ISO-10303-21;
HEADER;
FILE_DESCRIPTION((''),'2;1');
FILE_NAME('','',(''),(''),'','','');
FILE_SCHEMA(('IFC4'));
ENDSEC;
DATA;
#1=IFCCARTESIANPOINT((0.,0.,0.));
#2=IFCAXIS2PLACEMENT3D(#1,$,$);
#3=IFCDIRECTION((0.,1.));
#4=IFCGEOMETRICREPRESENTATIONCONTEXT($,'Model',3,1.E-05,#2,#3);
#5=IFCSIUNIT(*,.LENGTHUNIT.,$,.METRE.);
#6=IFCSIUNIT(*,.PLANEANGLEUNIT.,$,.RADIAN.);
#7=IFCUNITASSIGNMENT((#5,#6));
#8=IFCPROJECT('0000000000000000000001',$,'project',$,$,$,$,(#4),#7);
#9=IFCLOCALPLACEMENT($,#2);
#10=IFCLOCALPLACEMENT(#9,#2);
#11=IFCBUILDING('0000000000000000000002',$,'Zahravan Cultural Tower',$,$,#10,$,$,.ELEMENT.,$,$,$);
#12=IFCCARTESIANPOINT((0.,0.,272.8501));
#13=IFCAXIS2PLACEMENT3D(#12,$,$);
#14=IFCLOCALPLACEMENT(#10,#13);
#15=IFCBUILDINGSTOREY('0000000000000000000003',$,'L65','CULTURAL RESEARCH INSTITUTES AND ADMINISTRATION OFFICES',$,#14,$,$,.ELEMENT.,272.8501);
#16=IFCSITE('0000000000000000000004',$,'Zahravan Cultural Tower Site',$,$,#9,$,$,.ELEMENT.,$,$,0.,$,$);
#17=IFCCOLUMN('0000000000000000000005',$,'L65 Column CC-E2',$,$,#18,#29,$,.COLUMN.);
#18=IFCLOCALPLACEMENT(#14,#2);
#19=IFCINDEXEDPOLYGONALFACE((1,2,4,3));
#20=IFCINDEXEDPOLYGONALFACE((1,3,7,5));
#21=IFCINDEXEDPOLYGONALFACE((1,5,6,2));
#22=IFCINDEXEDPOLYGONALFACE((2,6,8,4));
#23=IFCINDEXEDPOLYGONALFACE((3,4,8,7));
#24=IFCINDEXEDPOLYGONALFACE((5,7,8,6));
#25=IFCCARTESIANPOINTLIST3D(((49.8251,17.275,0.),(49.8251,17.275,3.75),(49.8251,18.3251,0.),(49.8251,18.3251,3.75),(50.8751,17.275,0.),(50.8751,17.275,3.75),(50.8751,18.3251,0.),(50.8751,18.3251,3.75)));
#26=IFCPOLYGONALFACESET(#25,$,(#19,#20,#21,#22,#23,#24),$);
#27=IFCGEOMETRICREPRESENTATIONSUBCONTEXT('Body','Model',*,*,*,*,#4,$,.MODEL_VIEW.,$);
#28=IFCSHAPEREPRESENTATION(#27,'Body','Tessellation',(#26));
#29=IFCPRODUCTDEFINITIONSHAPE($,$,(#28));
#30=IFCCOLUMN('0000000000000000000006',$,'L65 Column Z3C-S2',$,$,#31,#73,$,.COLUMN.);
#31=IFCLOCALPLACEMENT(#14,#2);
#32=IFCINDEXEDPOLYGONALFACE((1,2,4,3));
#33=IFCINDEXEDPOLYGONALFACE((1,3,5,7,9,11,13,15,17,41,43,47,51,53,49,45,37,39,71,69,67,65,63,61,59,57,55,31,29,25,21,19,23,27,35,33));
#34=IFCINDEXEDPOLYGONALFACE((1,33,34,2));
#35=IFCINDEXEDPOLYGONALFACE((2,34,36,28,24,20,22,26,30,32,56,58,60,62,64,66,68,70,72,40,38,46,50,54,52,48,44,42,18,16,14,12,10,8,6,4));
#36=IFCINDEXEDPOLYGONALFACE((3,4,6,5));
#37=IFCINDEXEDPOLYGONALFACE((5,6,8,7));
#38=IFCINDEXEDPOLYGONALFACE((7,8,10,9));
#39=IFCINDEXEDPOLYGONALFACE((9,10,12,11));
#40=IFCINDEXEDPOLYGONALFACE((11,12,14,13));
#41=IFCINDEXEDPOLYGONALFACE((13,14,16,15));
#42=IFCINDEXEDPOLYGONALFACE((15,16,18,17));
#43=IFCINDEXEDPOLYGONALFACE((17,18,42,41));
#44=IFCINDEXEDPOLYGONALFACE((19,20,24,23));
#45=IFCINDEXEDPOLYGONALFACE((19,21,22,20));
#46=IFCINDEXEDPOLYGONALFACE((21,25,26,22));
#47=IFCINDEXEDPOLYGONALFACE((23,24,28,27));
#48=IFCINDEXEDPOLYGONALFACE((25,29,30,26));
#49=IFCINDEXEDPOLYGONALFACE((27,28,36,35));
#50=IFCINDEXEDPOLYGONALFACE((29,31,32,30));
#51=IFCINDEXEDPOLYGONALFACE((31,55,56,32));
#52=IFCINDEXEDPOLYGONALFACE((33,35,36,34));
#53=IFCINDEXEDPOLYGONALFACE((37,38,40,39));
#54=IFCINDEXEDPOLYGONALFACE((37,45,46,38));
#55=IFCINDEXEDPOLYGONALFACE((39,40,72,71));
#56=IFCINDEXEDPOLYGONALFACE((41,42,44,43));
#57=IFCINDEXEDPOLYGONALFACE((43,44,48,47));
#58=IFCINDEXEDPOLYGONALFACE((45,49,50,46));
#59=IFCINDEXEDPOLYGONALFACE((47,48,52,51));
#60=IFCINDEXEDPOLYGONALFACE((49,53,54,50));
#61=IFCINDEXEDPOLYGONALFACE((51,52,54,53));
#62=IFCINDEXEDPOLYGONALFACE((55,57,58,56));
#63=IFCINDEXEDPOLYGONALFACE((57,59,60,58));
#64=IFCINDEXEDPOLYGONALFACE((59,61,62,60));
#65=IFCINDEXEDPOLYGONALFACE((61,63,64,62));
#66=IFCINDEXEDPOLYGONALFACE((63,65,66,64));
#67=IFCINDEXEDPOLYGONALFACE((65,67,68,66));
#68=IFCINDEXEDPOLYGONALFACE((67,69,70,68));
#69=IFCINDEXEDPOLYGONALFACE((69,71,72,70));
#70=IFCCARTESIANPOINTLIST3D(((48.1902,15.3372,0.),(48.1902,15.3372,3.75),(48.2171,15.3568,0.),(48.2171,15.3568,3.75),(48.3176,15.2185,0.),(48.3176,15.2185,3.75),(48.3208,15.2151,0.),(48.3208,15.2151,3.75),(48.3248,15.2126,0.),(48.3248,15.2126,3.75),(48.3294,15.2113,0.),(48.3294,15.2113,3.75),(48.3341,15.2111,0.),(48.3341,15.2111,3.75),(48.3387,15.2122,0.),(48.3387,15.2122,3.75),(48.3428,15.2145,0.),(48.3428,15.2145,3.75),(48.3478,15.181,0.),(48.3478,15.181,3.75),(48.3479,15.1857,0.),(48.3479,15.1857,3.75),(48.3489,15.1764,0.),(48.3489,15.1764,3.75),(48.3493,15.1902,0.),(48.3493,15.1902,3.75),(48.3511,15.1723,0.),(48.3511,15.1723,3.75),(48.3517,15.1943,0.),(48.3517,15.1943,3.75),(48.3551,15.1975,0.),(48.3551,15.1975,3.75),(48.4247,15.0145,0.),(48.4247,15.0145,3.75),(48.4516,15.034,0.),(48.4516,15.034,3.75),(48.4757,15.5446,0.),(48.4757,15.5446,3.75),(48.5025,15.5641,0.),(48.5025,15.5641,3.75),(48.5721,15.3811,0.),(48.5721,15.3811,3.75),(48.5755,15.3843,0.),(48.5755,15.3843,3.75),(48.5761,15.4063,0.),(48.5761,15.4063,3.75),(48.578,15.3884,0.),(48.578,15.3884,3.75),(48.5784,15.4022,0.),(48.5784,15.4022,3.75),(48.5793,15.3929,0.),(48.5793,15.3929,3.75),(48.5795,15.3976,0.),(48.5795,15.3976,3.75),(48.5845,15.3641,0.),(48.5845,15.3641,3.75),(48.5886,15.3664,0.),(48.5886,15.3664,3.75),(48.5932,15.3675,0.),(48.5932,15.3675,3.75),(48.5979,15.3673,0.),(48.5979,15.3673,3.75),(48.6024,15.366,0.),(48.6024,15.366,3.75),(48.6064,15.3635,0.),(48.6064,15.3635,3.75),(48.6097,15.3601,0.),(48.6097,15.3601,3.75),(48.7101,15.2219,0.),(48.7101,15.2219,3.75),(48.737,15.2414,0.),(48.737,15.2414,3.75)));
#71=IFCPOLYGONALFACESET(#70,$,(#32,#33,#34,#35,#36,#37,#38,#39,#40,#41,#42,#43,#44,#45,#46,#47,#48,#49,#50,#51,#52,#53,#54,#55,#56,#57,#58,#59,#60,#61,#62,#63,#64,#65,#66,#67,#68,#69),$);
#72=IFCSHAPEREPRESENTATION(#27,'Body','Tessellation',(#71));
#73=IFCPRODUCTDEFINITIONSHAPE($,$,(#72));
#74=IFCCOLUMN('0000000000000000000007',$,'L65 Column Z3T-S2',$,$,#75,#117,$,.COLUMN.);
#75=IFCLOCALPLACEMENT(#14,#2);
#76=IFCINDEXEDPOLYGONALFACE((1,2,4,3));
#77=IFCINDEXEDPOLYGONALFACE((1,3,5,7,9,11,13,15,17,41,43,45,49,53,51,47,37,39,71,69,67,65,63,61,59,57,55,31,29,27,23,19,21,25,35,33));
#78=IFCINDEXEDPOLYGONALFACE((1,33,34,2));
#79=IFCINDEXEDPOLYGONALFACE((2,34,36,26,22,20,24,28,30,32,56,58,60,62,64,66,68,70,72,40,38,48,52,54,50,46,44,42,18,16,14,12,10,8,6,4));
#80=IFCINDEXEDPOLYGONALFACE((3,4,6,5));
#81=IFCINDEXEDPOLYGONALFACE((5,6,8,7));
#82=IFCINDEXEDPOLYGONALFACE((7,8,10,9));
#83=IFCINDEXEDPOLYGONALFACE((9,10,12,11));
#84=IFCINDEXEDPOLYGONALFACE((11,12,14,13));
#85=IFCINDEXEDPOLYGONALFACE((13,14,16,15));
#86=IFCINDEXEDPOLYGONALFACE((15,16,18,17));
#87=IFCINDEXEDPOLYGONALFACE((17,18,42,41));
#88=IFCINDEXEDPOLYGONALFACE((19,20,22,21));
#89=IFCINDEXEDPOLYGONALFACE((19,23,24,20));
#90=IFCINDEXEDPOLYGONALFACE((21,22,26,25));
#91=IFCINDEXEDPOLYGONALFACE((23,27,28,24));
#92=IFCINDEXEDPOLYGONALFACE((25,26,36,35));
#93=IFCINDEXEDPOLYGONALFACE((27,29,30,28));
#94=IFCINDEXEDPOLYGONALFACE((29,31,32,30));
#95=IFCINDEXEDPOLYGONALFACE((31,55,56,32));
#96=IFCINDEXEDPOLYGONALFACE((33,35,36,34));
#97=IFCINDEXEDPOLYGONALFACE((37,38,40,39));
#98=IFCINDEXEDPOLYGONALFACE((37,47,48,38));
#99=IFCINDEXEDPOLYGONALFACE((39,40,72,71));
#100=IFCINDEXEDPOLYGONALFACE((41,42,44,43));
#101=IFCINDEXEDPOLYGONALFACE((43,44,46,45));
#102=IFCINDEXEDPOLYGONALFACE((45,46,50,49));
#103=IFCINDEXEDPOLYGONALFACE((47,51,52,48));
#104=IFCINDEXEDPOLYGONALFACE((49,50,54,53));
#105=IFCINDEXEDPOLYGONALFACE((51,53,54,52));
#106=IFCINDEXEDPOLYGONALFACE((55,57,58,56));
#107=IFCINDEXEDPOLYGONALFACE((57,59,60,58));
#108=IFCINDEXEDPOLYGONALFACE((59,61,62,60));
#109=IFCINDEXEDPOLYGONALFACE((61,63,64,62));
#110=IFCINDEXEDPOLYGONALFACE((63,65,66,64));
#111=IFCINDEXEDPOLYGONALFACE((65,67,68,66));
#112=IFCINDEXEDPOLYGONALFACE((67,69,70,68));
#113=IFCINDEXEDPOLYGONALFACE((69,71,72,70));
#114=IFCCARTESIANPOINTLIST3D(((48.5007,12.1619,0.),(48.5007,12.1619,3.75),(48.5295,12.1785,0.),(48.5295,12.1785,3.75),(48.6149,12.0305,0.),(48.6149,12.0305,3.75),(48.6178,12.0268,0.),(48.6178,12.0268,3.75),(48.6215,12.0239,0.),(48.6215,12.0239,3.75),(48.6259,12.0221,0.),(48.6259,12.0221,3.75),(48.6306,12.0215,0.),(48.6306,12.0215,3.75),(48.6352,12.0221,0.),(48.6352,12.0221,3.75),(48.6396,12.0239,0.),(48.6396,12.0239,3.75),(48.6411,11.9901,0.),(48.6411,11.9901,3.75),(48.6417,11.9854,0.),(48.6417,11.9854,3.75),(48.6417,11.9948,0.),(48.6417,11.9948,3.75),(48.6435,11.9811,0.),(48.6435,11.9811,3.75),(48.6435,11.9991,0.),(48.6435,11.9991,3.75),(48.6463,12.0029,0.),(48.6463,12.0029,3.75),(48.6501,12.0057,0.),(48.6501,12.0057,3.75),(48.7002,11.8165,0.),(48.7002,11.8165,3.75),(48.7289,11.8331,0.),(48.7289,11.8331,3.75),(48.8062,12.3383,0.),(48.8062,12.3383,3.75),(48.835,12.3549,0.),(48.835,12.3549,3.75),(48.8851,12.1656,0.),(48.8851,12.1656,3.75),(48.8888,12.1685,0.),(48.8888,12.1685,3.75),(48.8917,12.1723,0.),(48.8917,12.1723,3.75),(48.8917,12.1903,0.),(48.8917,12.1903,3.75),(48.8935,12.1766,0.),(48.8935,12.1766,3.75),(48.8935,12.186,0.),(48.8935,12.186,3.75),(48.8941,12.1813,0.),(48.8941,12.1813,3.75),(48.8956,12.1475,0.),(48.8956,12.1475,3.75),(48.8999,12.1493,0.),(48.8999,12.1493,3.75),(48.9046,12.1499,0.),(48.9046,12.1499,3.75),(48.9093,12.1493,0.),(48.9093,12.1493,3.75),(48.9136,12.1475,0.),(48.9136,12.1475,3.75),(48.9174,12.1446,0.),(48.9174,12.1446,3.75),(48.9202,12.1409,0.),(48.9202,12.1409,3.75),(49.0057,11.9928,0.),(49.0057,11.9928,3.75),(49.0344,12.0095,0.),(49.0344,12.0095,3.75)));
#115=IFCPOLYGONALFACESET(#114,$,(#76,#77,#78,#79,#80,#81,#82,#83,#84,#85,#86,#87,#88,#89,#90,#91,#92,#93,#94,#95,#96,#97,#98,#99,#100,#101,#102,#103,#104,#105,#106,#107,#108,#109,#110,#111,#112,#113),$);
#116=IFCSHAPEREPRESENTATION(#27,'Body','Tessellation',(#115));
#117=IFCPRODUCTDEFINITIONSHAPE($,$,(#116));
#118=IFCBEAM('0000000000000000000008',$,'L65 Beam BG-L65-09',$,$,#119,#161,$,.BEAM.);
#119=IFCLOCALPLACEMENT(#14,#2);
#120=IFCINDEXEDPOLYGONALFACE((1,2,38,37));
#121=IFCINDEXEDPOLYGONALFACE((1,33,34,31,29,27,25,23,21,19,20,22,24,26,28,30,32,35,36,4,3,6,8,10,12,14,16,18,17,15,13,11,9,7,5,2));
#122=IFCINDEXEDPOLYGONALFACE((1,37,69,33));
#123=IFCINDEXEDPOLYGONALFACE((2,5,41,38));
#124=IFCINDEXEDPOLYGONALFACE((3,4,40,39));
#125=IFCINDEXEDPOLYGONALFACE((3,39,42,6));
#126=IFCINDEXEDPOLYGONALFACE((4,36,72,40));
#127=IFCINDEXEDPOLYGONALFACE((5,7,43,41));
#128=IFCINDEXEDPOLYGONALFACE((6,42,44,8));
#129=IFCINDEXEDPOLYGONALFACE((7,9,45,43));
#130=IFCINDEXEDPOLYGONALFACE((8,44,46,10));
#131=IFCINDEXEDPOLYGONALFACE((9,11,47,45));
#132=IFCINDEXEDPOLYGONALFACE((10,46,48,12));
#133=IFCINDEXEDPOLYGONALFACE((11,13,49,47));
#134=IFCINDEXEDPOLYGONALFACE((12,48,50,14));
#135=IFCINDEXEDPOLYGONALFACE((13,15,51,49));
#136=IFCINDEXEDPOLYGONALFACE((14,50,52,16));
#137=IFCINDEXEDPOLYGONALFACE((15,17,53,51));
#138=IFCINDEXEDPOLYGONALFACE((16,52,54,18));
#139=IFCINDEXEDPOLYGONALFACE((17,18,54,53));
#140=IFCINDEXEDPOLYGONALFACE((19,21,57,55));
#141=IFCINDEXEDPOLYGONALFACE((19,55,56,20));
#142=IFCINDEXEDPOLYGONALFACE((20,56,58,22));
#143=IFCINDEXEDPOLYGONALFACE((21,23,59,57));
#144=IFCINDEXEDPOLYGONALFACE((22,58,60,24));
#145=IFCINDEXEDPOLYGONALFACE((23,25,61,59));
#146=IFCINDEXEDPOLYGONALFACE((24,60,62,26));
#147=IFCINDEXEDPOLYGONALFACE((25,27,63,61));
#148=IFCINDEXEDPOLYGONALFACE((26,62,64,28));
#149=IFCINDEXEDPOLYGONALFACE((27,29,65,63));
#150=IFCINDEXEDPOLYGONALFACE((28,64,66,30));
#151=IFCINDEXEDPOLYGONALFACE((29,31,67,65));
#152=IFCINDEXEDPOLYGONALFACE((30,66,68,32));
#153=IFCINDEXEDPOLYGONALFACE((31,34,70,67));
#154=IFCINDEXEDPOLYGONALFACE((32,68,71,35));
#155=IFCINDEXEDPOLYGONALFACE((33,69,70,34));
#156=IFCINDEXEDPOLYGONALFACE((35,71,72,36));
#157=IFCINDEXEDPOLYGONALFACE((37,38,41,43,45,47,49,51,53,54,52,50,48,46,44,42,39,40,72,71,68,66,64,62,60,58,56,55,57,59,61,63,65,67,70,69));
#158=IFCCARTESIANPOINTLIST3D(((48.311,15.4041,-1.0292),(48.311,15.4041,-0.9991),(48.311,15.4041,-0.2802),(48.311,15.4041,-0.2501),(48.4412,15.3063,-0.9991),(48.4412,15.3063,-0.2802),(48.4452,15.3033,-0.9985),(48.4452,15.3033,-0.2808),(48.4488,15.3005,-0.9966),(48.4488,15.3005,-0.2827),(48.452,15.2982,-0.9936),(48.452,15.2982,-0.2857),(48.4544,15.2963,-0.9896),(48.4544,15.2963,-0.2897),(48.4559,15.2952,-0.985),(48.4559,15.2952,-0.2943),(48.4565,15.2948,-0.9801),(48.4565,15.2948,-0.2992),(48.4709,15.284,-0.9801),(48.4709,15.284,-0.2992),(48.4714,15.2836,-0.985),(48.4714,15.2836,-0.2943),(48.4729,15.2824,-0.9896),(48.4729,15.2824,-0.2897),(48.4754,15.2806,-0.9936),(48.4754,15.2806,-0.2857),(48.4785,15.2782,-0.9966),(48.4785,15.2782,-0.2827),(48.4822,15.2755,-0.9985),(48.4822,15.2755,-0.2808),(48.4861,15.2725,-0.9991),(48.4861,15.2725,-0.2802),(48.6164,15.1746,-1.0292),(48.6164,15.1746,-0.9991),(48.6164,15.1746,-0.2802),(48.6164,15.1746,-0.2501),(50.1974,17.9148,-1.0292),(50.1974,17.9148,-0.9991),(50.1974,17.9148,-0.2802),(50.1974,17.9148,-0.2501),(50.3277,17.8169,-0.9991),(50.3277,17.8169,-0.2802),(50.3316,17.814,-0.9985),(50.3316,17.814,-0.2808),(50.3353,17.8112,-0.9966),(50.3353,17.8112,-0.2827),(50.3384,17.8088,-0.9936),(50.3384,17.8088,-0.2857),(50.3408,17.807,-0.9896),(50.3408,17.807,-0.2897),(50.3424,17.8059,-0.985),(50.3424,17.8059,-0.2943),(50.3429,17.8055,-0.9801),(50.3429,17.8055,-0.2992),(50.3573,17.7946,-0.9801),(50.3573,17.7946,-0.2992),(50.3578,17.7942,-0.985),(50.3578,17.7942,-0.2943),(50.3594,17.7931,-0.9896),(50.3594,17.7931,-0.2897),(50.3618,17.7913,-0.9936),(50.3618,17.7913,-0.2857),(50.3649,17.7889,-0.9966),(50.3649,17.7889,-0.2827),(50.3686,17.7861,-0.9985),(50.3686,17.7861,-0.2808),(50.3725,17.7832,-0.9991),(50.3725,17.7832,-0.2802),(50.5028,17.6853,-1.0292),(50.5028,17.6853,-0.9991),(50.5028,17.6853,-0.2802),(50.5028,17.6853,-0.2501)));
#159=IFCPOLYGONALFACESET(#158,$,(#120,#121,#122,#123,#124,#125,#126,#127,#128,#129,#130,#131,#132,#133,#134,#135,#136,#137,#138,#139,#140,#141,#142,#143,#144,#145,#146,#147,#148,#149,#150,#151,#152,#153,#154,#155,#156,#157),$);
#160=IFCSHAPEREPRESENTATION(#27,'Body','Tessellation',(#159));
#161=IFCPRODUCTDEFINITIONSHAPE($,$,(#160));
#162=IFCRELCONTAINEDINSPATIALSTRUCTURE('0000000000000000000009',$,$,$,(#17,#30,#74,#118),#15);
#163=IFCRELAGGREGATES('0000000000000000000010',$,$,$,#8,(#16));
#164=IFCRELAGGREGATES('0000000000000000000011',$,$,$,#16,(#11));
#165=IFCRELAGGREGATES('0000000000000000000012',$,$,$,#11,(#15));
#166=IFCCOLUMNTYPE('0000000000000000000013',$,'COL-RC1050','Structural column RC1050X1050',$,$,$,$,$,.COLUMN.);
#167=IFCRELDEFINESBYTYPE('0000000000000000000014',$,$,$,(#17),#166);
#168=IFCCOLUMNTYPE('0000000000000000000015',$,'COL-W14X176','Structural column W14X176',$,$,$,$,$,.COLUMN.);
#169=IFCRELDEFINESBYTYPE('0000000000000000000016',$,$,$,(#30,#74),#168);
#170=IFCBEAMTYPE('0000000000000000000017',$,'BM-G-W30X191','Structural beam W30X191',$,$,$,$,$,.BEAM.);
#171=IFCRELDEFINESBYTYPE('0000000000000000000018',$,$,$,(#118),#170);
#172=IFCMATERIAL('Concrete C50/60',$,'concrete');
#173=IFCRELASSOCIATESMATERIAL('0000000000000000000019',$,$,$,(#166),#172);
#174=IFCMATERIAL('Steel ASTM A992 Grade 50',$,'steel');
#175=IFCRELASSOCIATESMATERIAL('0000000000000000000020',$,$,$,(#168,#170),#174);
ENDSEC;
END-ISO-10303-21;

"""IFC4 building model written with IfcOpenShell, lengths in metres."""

from ifc_helpers import new_model, si_unit, direction, frame, origin, origin_2d, place, context, subcontext, project, spatial, rectangle, i_section, extrude, source, transform, mapped, material, material_profile, profile_set, type_object, element, save


model = new_model("IFC4")

# Units and contexts
model_context = context("Model", 3, precision=1e-05, world=origin(), true_north=direction((0.0, 1.0)))
body_context = subcontext(model_context, "Body", "Model", "MODEL_VIEW")
ifc_project = project(units=[si_unit("LENGTHUNIT", "METRE"), si_unit("PLANEANGLEUNIT", "RADIAN")], contexts=[model_context])

# Site, building, storey
site_placement = place(None, origin())
site = spatial("IfcSite", under=ifc_project, at=site_placement, Name="Zahravan Cultural Tower Site", CompositionType="ELEMENT", RefElevation=0.0)
building_placement = place(site_placement, origin())
building = spatial("IfcBuilding", under=site, at=building_placement, Name="Zahravan Cultural Tower", CompositionType="ELEMENT")
storey_placement = place(building_placement, frame((0.0, 0.0, 272.8501)))
storey = spatial("IfcBuildingStorey", under=building, at=storey_placement, Name="L65", Description="CULTURAL RESEARCH INSTITUTES AND ADMINISTRATION OFFICES", CompositionType="ELEMENT", Elevation=272.8501)

# Columns
ifc_material_1 = material(Name="Concrete C50/60", Category="concrete")
ifc_material_profile_1 = material_profile(ifc_material_1, rectangle(XDim=1.05, YDim=1.05, at=origin_2d()), Name="RC1050X1050")
ifc_profile_set_1 = profile_set([ifc_material_profile_1], Name="Concrete C50/60")
column_type_1 = type_object("IfcColumnType", Name="COL-RC1050", Description="Structural column RC1050X1050", PredefinedType="COLUMN", material=ifc_profile_set_1)
shared_shape_1 = source(origin(), body_context, "Body", "SweptSolid", [
    extrude(rectangle(XDim=1.05, YDim=1.05, at=origin_2d()), origin(), (0.0, 0.0, 1.0), 3.75),
])
column_placement = place(storey_placement, frame((50.3501, 17.8, 0.0), z_axis=(0.0, 0.0, 1.0), x_axis=(1.0, 0.0, 0.0)))
element("IfcColumn", 1, at=column_placement, inside=storey, type_object=column_type_1, Name="L65 Column CC-E2", PredefinedType="COLUMN", context=body_context, shape_type="MappedRepresentation", body=[
    mapped(shared_shape_1, transform((0.0, 0.0, 0.0), x_axis=(1.0, 0.0, 0.0), y_axis=(0.0, 1.0, 0.0), z_axis=(0.0, 0.0, 1.0), scale=1.0)),
])
ifc_material_2 = material(Name="Steel ASTM A992 Grade 50", Category="steel")
ifc_material_profile_2 = material_profile(ifc_material_2, i_section(OverallWidth=0.3989, OverallDepth=0.386, WebThickness=0.021, FlangeThickness=0.0332, FilletRadius=0.0181, at=origin_2d()), Name="W14X176")
ifc_profile_set_2 = profile_set([ifc_material_profile_2], Name="Steel ASTM A992 Grade 50")
column_type_2 = type_object("IfcColumnType", Name="COL-W14X176", Description="Structural column W14X176", PredefinedType="COLUMN", material=ifc_profile_set_2)
shared_shape_2 = source(origin(), body_context, "Body", "SweptSolid", [
    extrude(i_section(OverallWidth=0.3989, OverallDepth=0.386, WebThickness=0.021, FlangeThickness=0.0332, FilletRadius=0.0181, at=origin_2d()), origin(), (0.0, 0.0, 1.0), 3.75),
])
for number, where, z_axis, x_axis, name in (
    (2, (48.4636, 15.2893, 0.0), (0.0, 0.0, 1.0), (-0.587785, 0.809017, 0.0), "L65 Column Z3C-S2"),
    (3, (48.7676, 12.0857, 0.0), (0.0, 0.0, 1.0), (-0.5, 0.866025, 0.0), "L65 Column Z3T-S2"),
):
    element("IfcColumn", number, at=place(storey_placement, frame(where, z_axis=z_axis, x_axis=x_axis)), inside=storey, type_object=column_type_2, Name=name, PredefinedType="COLUMN", context=body_context, shape_type="MappedRepresentation", body=[
        mapped(shared_shape_2, transform((0.0, 0.0, 0.0), x_axis=(1.0, 0.0, 0.0), y_axis=(0.0, 1.0, 0.0), z_axis=(0.0, 0.0, 1.0), scale=1.0)),
    ])

# Beam
ifc_material_profile_3 = material_profile(ifc_material_2, i_section(OverallWidth=0.3821, OverallDepth=0.7791, WebThickness=0.0181, FlangeThickness=0.03, FilletRadius=0.019, at=origin_2d()), Name="W30X191")
ifc_profile_set_3 = profile_set([ifc_material_profile_3], Name="Steel ASTM A992 Grade 50")
beam_type = type_object("IfcBeamType", Name="BM-G-W30X191", Description="Structural beam W30X191", PredefinedType="BEAM", material=ifc_profile_set_3)
shared_shape_3 = source(origin(), body_context, "Body", "SweptSolid", [
    extrude(i_section(OverallWidth=0.3821, OverallDepth=0.7791, WebThickness=0.0181, FlangeThickness=0.03, FilletRadius=0.019, at=origin_2d()), origin(), (0.0, 0.0, 1.0), 3.1404),
])
beam_1_placement = place(storey_placement, frame((50.3501, 17.8, -0.6396), z_axis=(-0.600696, -0.799477, 0.0), x_axis=(0.799477, -0.600696, 0.0)))
element("IfcBeam", 4, at=beam_1_placement, inside=storey, type_object=beam_type, Name="L65 Beam BG-L65-09", PredefinedType="BEAM", context=body_context, shape_type="MappedRepresentation", body=[
    mapped(shared_shape_3, transform((0.0, 0.0, 0.0), x_axis=(1.0, 0.0, 0.0), y_axis=(0.0, 1.0, 0.0), z_axis=(0.0, 0.0, 1.0), scale=1.0)),
])

save(model, "model.ifc")
